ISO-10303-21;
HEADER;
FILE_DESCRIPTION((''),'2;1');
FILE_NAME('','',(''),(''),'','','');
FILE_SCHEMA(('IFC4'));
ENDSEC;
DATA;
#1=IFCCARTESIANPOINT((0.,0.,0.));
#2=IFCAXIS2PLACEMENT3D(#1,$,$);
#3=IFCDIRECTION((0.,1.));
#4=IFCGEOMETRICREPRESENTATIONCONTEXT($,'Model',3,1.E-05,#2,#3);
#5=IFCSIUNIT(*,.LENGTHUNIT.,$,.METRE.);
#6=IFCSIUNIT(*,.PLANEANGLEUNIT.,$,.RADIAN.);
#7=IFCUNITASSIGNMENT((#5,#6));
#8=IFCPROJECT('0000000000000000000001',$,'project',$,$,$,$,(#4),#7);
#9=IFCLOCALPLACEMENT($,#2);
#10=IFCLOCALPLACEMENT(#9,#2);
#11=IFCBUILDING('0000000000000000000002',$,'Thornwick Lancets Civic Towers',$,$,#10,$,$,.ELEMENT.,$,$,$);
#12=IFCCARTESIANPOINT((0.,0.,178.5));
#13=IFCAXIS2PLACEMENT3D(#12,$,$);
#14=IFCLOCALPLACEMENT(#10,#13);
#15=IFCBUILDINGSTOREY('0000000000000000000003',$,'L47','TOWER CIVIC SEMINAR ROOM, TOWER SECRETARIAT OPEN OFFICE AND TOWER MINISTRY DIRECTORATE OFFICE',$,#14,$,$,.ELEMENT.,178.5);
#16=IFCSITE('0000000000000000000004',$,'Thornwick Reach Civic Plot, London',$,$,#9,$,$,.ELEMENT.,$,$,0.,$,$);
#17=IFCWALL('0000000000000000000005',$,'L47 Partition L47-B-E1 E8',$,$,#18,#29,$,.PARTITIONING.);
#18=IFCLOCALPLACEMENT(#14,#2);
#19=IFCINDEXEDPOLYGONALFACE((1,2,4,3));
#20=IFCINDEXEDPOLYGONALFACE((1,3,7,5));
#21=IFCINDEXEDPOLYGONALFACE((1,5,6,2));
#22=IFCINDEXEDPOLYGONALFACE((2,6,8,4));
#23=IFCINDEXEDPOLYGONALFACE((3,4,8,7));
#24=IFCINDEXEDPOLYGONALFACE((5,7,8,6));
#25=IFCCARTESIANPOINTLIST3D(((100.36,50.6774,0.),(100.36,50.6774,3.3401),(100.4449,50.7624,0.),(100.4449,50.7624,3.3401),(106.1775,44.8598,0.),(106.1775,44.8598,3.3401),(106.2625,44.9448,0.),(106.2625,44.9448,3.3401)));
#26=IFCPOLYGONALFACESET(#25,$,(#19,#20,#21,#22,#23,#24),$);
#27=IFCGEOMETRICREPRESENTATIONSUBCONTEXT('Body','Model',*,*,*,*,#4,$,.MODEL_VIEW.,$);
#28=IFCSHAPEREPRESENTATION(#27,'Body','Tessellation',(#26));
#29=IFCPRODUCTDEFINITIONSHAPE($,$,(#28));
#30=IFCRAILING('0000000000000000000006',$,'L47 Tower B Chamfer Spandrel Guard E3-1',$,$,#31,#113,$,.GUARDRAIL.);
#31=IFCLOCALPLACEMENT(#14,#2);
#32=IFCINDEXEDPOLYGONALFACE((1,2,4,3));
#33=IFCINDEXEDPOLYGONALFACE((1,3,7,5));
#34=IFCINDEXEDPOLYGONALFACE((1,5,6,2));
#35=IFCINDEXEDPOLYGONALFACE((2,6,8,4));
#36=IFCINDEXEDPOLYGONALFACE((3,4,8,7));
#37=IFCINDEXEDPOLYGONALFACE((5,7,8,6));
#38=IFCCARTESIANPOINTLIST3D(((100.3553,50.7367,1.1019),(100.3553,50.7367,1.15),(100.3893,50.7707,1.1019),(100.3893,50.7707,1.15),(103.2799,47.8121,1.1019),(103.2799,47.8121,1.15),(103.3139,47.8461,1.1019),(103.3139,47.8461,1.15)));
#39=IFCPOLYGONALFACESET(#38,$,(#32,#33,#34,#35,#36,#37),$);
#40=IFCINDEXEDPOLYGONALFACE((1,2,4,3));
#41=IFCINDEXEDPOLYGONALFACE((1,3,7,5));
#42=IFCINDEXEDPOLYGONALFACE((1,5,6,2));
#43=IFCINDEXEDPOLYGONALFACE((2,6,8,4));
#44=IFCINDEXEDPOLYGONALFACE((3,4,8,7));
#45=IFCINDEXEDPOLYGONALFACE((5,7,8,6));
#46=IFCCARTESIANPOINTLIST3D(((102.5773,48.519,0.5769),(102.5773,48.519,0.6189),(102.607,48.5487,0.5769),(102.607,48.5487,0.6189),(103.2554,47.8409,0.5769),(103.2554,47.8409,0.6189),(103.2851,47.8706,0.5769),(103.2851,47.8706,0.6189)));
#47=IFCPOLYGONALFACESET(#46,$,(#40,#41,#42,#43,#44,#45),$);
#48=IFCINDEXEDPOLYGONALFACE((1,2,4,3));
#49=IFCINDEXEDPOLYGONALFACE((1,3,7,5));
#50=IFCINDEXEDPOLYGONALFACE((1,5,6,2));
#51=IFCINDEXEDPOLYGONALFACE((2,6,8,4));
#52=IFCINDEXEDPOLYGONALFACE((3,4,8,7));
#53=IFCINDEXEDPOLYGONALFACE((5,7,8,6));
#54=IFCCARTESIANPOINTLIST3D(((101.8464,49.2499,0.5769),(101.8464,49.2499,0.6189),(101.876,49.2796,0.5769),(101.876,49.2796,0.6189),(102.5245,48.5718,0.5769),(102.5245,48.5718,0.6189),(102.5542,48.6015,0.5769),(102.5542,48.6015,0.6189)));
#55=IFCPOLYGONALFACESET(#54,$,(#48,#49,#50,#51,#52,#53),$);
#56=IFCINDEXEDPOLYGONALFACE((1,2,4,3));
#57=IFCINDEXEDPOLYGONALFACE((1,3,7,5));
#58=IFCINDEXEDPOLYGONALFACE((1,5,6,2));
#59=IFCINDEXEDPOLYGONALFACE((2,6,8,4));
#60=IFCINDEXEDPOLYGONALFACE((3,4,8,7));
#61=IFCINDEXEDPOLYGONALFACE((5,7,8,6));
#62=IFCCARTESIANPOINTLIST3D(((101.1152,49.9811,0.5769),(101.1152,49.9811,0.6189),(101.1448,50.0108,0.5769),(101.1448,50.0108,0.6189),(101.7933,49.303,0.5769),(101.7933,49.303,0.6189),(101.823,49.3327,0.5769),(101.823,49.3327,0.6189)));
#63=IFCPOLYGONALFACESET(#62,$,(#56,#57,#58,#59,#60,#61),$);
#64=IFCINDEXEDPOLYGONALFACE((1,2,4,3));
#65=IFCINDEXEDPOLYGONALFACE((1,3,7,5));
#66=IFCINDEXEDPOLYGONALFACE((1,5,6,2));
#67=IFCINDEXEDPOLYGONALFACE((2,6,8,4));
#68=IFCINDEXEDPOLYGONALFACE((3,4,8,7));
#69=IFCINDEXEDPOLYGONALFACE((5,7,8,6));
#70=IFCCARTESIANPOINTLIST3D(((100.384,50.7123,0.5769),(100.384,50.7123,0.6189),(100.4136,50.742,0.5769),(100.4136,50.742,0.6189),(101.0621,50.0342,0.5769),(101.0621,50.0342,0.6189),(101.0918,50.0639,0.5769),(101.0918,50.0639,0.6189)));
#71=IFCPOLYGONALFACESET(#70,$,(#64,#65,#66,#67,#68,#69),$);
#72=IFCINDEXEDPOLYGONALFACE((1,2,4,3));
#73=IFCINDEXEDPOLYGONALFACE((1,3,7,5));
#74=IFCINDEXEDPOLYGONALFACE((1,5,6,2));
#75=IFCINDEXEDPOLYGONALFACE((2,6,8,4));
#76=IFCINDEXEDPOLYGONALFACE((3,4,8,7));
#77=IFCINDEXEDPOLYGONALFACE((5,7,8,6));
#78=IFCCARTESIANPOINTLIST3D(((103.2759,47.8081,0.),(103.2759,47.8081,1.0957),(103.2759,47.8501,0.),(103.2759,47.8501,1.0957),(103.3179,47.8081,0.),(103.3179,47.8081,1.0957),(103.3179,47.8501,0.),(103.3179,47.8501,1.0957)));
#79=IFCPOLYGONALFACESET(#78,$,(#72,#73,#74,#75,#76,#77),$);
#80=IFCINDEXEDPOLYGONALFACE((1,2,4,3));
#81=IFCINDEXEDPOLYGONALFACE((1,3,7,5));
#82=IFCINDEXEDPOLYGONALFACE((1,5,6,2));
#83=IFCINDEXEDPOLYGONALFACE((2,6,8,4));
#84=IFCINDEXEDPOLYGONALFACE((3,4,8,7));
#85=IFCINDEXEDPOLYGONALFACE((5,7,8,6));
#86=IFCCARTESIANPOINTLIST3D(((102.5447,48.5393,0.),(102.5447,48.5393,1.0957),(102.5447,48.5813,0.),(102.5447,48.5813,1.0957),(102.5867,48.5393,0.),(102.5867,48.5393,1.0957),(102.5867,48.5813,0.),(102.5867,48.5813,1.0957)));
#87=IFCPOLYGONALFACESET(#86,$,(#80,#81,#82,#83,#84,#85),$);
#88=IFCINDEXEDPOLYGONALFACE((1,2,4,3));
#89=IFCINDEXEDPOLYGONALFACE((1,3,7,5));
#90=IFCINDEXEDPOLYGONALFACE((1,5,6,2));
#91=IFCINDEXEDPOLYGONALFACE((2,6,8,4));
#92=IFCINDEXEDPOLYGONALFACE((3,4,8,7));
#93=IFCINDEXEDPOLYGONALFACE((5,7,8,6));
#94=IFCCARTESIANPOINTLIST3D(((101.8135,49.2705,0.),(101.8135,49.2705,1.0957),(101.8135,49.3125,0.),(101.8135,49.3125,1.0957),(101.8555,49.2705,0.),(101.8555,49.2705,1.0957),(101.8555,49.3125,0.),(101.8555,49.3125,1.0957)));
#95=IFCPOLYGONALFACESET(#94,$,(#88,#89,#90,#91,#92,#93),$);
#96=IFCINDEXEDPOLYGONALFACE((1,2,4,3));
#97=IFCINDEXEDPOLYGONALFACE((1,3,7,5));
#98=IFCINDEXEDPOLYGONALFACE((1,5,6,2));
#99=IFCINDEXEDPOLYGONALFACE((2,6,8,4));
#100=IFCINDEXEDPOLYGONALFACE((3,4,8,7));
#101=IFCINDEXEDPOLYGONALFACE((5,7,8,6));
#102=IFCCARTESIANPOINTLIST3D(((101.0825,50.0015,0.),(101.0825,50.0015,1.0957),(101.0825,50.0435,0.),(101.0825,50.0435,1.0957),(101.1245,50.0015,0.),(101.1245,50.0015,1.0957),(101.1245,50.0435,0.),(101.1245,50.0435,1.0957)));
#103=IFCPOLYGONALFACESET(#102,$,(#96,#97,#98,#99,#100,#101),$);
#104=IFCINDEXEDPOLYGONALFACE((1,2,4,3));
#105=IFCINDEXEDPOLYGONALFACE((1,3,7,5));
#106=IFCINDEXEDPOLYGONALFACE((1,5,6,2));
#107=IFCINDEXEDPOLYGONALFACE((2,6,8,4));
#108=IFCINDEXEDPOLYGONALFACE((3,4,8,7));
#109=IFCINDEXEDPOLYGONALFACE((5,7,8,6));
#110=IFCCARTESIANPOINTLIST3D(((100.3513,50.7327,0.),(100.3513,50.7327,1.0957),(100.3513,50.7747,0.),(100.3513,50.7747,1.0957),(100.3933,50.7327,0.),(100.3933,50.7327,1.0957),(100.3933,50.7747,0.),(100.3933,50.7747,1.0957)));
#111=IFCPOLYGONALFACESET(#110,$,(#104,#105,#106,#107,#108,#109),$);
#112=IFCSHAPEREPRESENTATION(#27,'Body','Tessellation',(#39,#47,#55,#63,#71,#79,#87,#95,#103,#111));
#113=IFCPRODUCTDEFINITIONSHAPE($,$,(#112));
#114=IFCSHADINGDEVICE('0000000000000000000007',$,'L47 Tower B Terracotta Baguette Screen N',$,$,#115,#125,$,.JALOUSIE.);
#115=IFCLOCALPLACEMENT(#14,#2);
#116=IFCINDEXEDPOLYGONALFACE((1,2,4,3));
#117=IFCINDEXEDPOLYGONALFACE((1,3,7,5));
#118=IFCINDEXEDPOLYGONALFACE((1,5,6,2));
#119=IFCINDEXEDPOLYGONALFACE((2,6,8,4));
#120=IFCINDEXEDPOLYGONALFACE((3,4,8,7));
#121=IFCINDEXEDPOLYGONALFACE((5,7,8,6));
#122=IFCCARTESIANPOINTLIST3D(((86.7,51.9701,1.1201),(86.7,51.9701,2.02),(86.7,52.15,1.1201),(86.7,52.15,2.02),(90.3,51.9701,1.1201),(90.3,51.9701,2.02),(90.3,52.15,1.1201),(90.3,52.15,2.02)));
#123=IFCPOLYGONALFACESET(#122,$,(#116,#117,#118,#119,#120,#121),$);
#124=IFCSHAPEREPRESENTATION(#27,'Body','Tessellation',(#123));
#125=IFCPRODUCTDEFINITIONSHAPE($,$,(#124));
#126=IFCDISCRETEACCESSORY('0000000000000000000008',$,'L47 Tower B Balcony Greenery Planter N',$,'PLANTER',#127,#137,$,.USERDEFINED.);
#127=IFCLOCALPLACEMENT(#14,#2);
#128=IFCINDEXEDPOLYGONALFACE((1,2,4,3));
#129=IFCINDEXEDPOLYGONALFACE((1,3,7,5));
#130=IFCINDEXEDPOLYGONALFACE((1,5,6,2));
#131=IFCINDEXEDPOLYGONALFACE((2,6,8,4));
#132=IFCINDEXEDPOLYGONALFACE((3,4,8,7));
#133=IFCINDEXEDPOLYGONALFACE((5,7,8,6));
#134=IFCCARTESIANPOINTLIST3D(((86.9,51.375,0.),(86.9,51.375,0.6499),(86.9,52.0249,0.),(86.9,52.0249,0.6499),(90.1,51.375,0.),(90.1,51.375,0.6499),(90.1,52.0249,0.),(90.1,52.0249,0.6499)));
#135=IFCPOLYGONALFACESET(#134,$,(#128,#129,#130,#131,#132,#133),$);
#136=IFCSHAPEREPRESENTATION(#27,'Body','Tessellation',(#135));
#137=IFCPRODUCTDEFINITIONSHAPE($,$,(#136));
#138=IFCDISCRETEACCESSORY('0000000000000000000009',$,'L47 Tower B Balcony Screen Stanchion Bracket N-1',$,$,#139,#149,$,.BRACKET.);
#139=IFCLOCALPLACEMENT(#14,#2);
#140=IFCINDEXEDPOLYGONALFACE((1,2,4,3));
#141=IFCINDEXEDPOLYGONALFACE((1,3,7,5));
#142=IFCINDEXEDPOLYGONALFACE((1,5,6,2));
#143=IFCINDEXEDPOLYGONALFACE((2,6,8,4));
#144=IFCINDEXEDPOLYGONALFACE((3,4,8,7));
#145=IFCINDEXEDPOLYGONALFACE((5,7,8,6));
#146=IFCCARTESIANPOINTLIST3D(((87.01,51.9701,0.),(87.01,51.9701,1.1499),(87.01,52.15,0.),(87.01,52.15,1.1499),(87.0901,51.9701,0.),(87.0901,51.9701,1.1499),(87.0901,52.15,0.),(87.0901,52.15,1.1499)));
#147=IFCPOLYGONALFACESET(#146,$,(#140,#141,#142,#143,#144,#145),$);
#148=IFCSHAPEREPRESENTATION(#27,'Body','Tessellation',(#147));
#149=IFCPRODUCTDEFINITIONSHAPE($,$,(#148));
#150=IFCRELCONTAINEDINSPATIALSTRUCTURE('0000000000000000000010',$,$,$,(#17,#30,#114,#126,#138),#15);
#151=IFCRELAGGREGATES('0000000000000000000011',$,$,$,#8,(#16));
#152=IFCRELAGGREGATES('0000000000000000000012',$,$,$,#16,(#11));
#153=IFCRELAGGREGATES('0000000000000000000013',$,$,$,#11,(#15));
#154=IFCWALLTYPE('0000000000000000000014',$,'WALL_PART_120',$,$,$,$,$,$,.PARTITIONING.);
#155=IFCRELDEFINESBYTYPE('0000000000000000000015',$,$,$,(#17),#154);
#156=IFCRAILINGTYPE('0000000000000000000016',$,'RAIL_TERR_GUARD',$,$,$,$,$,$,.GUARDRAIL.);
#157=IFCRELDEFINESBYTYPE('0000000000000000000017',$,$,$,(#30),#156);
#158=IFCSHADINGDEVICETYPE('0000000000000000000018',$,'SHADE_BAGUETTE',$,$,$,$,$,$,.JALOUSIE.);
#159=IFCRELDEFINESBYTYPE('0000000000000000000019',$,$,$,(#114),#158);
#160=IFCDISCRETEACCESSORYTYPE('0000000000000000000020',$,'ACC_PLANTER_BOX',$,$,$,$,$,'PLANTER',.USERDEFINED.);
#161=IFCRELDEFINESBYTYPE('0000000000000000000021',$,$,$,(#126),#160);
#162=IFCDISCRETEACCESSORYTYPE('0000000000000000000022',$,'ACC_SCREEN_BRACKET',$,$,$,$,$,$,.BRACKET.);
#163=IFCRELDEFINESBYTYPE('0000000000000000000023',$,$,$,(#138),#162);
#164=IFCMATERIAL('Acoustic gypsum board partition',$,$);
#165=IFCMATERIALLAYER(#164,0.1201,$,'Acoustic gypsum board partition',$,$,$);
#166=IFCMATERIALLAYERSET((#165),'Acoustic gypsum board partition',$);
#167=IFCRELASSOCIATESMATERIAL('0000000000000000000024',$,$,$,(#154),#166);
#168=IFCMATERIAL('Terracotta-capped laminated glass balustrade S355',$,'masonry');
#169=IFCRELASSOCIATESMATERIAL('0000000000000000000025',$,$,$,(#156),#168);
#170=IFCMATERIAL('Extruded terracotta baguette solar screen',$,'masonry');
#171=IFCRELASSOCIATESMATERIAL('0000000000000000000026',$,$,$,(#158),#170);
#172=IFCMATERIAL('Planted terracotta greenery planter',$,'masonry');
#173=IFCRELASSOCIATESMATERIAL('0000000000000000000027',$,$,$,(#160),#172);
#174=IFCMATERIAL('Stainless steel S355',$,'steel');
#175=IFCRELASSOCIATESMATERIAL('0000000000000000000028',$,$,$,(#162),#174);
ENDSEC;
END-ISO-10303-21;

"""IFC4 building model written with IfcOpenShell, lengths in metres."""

from ifc_helpers import new_model, si_unit, direction, frame, frame_2d, origin, origin_2d, place, context, subcontext, project, spatial, rectangle, extrude, material, layer, layer_set, type_object, element, save


model = new_model("IFC4")

# Units and contexts
model_context = context("Model", 3, precision=1e-05, world=origin(), true_north=direction((0.0, 1.0)))
body_context = subcontext(model_context, "Body", "Model", "MODEL_VIEW")
ifc_project = project(units=[si_unit("LENGTHUNIT", "METRE"), si_unit("PLANEANGLEUNIT", "RADIAN")], contexts=[model_context])

# Site, building, storey
site_placement = place(None, origin())
site = spatial("IfcSite", under=ifc_project, at=site_placement, Name="Thornwick Reach Civic Plot, London", CompositionType="ELEMENT", RefElevation=0.0)
building_placement = place(site_placement, origin())
building = spatial("IfcBuilding", under=site, at=building_placement, Name="Thornwick Lancets Civic Towers", CompositionType="ELEMENT")
storey_placement = place(building_placement, frame((0.0, 0.0, 178.5)))
storey = spatial("IfcBuildingStorey", under=building, at=storey_placement, Name="L47", Description="TOWER CIVIC SEMINAR ROOM, TOWER SECRETARIAT OPEN OFFICE AND TOWER MINISTRY DIRECTORATE OFFICE", CompositionType="ELEMENT", Elevation=178.5)

# Wall
ifc_material_1 = material(Name="Acoustic gypsum board partition")
ifc_layer_1 = layer(ifc_material_1, 0.1201, Name="Acoustic gypsum board partition")
ifc_layer_set_1 = layer_set([ifc_layer_1], Name="Acoustic gypsum board partition")
wall_type_1 = type_object("IfcWallType", Name="WALL_PART_120", PredefinedType="PARTITIONING", material=ifc_layer_set_1)
wall_1_placement = place(storey_placement, frame((100.4023, 50.72, 0.0), z_axis=(0.0, 0.0, 1.0), x_axis=(0.707107, -0.707107, 0.0)))
element("IfcWall", 1, at=wall_1_placement, inside=storey, type_object=wall_type_1, Name="L47 Partition L47-B-E1 E8", PredefinedType="PARTITIONING", context=body_context, shape_type="SweptSolid", body=[
    extrude(rectangle(XDim=8.2273, YDim=0.1201, at=frame_2d((4.1138, 0.0))), origin(), (0.0, 0.0, 1.0), 3.3401),
])

# Railing
ifc_material_2 = material(Name="Terracotta-capped laminated glass balustrade S355", Category="masonry")
railing_type = type_object("IfcRailingType", Name="RAIL_TERR_GUARD", PredefinedType="GUARDRAIL", material=ifc_material_2)
railing_placement = place(storey_placement, frame((103.2969, 47.8291, 0.0)))
element("IfcRailing", 2, at=railing_placement, inside=storey, type_object=railing_type, Name="L47 Tower B Chamfer Spandrel Guard E3-1", PredefinedType="GUARDRAIL", context=body_context, shape_type="SweptSolid", body=[
    extrude(rectangle(XDim=0.0481, YDim=0.0481, at=origin_2d()), frame((0.0, 0.0, 1.126), z_axis=(-0.707107, 0.707107, 0.0), x_axis=(-0.707107, -0.707107, 0.0)), (0.0, 0.0, 1.0), 4.136),
    extrude(rectangle(XDim=0.042, YDim=0.042, at=origin_2d()), frame((-0.0266, 0.0266, 0.5979), z_axis=(-0.707107, 0.707107, 0.0), x_axis=(-0.707107, -0.707107, 0.0)), (0.0, 0.0, 1.0), 0.959),
    extrude(rectangle(XDim=0.042, YDim=0.042, at=origin_2d()), frame((-0.7576, 0.7576, 0.5979), z_axis=(-0.707107, 0.707107, 0.0), x_axis=(-0.707107, -0.707107, 0.0)), (0.0, 0.0, 1.0), 0.959),
    extrude(rectangle(XDim=0.042, YDim=0.042, at=origin_2d()), frame((-1.4888, 1.4888, 0.5979), z_axis=(-0.707107, 0.707107, 0.0), x_axis=(-0.707107, -0.707107, 0.0)), (0.0, 0.0, 1.0), 0.959),
    extrude(rectangle(XDim=0.042, YDim=0.042, at=origin_2d()), frame((-2.22, 2.22, 0.5979), z_axis=(-0.707107, 0.707107, 0.0), x_axis=(-0.707107, -0.707107, 0.0)), (0.0, 0.0, 1.0), 0.959),
    extrude(rectangle(XDim=0.042, YDim=0.042, at=origin_2d()), origin(), (0.0, 0.0, 1.0), 1.0957),
    extrude(rectangle(XDim=0.042, YDim=0.042, at=origin_2d()), frame((-0.7312, 0.7312, 0.0)), (0.0, 0.0, 1.0), 1.0957),
    extrude(rectangle(XDim=0.042, YDim=0.042, at=origin_2d()), frame((-1.4624, 1.4624, 0.0)), (0.0, 0.0, 1.0), 1.0957),
    extrude(rectangle(XDim=0.042, YDim=0.042, at=origin_2d()), frame((-2.1934, 2.1934, 0.0)), (0.0, 0.0, 1.0), 1.0957),
    extrude(rectangle(XDim=0.042, YDim=0.042, at=origin_2d()), frame((-2.9246, 2.9246, 0.0)), (0.0, 0.0, 1.0), 1.0957),
])

# Shading device
ifc_material_3 = material(Name="Extruded terracotta baguette solar screen", Category="masonry")
shading_device_type = type_object("IfcShadingDeviceType", Name="SHADE_BAGUETTE", PredefinedType="JALOUSIE", material=ifc_material_3)
shading_device_placement = place(storey_placement, frame((88.5, 52.0601, 1.1201), z_axis=(0.0, 0.0, 1.0), x_axis=(1.0, 0.0, 0.0)))
element("IfcShadingDevice", 3, at=shading_device_placement, inside=storey, type_object=shading_device_type, Name="L47 Tower B Terracotta Baguette Screen N", PredefinedType="JALOUSIE", context=body_context, shape_type="SweptSolid", body=[
    extrude(rectangle(XDim=3.6001, YDim=0.1799, at=origin_2d()), origin(), (0.0, 0.0, 1.0), 0.8999),
])

# Discrete accessories
ifc_material_4 = material(Name="Planted terracotta greenery planter", Category="masonry")
discrete_accessory_type_1 = type_object("IfcDiscreteAccessoryType", Name="ACC_PLANTER_BOX", ElementType="PLANTER", PredefinedType="USERDEFINED", material=ifc_material_4)
discrete_accessory_1_placement = place(storey_placement, frame((88.5, 51.7, 0.0), z_axis=(0.0, 0.0, 1.0), x_axis=(1.0, 0.0, 0.0)))
element("IfcDiscreteAccessory", 4, at=discrete_accessory_1_placement, inside=storey, type_object=discrete_accessory_type_1, Name="L47 Tower B Balcony Greenery Planter N", ObjectType="PLANTER", PredefinedType="USERDEFINED", context=body_context, shape_type="SweptSolid", body=[
    extrude(rectangle(XDim=3.2, YDim=0.6499, at=origin_2d()), origin(), (0.0, 0.0, 1.0), 0.6499),
])
ifc_material_5 = material(Name="Stainless steel S355", Category="steel")
discrete_accessory_type_2 = type_object("IfcDiscreteAccessoryType", Name="ACC_SCREEN_BRACKET", PredefinedType="BRACKET", material=ifc_material_5)
discrete_accessory_2_placement = place(storey_placement, frame((87.05, 52.0601, 0.0), z_axis=(0.0, 0.0, 1.0), x_axis=(1.0, 0.0, 0.0)))
element("IfcDiscreteAccessory", 5, at=discrete_accessory_2_placement, inside=storey, type_object=discrete_accessory_type_2, Name="L47 Tower B Balcony Screen Stanchion Bracket N-1", PredefinedType="BRACKET", context=body_context, shape_type="SweptSolid", body=[
    extrude(rectangle(XDim=0.0801, YDim=0.1799, at=origin_2d()), origin(), (0.0, 0.0, 1.0), 1.1499),
])

save(model, "model.ifc")
